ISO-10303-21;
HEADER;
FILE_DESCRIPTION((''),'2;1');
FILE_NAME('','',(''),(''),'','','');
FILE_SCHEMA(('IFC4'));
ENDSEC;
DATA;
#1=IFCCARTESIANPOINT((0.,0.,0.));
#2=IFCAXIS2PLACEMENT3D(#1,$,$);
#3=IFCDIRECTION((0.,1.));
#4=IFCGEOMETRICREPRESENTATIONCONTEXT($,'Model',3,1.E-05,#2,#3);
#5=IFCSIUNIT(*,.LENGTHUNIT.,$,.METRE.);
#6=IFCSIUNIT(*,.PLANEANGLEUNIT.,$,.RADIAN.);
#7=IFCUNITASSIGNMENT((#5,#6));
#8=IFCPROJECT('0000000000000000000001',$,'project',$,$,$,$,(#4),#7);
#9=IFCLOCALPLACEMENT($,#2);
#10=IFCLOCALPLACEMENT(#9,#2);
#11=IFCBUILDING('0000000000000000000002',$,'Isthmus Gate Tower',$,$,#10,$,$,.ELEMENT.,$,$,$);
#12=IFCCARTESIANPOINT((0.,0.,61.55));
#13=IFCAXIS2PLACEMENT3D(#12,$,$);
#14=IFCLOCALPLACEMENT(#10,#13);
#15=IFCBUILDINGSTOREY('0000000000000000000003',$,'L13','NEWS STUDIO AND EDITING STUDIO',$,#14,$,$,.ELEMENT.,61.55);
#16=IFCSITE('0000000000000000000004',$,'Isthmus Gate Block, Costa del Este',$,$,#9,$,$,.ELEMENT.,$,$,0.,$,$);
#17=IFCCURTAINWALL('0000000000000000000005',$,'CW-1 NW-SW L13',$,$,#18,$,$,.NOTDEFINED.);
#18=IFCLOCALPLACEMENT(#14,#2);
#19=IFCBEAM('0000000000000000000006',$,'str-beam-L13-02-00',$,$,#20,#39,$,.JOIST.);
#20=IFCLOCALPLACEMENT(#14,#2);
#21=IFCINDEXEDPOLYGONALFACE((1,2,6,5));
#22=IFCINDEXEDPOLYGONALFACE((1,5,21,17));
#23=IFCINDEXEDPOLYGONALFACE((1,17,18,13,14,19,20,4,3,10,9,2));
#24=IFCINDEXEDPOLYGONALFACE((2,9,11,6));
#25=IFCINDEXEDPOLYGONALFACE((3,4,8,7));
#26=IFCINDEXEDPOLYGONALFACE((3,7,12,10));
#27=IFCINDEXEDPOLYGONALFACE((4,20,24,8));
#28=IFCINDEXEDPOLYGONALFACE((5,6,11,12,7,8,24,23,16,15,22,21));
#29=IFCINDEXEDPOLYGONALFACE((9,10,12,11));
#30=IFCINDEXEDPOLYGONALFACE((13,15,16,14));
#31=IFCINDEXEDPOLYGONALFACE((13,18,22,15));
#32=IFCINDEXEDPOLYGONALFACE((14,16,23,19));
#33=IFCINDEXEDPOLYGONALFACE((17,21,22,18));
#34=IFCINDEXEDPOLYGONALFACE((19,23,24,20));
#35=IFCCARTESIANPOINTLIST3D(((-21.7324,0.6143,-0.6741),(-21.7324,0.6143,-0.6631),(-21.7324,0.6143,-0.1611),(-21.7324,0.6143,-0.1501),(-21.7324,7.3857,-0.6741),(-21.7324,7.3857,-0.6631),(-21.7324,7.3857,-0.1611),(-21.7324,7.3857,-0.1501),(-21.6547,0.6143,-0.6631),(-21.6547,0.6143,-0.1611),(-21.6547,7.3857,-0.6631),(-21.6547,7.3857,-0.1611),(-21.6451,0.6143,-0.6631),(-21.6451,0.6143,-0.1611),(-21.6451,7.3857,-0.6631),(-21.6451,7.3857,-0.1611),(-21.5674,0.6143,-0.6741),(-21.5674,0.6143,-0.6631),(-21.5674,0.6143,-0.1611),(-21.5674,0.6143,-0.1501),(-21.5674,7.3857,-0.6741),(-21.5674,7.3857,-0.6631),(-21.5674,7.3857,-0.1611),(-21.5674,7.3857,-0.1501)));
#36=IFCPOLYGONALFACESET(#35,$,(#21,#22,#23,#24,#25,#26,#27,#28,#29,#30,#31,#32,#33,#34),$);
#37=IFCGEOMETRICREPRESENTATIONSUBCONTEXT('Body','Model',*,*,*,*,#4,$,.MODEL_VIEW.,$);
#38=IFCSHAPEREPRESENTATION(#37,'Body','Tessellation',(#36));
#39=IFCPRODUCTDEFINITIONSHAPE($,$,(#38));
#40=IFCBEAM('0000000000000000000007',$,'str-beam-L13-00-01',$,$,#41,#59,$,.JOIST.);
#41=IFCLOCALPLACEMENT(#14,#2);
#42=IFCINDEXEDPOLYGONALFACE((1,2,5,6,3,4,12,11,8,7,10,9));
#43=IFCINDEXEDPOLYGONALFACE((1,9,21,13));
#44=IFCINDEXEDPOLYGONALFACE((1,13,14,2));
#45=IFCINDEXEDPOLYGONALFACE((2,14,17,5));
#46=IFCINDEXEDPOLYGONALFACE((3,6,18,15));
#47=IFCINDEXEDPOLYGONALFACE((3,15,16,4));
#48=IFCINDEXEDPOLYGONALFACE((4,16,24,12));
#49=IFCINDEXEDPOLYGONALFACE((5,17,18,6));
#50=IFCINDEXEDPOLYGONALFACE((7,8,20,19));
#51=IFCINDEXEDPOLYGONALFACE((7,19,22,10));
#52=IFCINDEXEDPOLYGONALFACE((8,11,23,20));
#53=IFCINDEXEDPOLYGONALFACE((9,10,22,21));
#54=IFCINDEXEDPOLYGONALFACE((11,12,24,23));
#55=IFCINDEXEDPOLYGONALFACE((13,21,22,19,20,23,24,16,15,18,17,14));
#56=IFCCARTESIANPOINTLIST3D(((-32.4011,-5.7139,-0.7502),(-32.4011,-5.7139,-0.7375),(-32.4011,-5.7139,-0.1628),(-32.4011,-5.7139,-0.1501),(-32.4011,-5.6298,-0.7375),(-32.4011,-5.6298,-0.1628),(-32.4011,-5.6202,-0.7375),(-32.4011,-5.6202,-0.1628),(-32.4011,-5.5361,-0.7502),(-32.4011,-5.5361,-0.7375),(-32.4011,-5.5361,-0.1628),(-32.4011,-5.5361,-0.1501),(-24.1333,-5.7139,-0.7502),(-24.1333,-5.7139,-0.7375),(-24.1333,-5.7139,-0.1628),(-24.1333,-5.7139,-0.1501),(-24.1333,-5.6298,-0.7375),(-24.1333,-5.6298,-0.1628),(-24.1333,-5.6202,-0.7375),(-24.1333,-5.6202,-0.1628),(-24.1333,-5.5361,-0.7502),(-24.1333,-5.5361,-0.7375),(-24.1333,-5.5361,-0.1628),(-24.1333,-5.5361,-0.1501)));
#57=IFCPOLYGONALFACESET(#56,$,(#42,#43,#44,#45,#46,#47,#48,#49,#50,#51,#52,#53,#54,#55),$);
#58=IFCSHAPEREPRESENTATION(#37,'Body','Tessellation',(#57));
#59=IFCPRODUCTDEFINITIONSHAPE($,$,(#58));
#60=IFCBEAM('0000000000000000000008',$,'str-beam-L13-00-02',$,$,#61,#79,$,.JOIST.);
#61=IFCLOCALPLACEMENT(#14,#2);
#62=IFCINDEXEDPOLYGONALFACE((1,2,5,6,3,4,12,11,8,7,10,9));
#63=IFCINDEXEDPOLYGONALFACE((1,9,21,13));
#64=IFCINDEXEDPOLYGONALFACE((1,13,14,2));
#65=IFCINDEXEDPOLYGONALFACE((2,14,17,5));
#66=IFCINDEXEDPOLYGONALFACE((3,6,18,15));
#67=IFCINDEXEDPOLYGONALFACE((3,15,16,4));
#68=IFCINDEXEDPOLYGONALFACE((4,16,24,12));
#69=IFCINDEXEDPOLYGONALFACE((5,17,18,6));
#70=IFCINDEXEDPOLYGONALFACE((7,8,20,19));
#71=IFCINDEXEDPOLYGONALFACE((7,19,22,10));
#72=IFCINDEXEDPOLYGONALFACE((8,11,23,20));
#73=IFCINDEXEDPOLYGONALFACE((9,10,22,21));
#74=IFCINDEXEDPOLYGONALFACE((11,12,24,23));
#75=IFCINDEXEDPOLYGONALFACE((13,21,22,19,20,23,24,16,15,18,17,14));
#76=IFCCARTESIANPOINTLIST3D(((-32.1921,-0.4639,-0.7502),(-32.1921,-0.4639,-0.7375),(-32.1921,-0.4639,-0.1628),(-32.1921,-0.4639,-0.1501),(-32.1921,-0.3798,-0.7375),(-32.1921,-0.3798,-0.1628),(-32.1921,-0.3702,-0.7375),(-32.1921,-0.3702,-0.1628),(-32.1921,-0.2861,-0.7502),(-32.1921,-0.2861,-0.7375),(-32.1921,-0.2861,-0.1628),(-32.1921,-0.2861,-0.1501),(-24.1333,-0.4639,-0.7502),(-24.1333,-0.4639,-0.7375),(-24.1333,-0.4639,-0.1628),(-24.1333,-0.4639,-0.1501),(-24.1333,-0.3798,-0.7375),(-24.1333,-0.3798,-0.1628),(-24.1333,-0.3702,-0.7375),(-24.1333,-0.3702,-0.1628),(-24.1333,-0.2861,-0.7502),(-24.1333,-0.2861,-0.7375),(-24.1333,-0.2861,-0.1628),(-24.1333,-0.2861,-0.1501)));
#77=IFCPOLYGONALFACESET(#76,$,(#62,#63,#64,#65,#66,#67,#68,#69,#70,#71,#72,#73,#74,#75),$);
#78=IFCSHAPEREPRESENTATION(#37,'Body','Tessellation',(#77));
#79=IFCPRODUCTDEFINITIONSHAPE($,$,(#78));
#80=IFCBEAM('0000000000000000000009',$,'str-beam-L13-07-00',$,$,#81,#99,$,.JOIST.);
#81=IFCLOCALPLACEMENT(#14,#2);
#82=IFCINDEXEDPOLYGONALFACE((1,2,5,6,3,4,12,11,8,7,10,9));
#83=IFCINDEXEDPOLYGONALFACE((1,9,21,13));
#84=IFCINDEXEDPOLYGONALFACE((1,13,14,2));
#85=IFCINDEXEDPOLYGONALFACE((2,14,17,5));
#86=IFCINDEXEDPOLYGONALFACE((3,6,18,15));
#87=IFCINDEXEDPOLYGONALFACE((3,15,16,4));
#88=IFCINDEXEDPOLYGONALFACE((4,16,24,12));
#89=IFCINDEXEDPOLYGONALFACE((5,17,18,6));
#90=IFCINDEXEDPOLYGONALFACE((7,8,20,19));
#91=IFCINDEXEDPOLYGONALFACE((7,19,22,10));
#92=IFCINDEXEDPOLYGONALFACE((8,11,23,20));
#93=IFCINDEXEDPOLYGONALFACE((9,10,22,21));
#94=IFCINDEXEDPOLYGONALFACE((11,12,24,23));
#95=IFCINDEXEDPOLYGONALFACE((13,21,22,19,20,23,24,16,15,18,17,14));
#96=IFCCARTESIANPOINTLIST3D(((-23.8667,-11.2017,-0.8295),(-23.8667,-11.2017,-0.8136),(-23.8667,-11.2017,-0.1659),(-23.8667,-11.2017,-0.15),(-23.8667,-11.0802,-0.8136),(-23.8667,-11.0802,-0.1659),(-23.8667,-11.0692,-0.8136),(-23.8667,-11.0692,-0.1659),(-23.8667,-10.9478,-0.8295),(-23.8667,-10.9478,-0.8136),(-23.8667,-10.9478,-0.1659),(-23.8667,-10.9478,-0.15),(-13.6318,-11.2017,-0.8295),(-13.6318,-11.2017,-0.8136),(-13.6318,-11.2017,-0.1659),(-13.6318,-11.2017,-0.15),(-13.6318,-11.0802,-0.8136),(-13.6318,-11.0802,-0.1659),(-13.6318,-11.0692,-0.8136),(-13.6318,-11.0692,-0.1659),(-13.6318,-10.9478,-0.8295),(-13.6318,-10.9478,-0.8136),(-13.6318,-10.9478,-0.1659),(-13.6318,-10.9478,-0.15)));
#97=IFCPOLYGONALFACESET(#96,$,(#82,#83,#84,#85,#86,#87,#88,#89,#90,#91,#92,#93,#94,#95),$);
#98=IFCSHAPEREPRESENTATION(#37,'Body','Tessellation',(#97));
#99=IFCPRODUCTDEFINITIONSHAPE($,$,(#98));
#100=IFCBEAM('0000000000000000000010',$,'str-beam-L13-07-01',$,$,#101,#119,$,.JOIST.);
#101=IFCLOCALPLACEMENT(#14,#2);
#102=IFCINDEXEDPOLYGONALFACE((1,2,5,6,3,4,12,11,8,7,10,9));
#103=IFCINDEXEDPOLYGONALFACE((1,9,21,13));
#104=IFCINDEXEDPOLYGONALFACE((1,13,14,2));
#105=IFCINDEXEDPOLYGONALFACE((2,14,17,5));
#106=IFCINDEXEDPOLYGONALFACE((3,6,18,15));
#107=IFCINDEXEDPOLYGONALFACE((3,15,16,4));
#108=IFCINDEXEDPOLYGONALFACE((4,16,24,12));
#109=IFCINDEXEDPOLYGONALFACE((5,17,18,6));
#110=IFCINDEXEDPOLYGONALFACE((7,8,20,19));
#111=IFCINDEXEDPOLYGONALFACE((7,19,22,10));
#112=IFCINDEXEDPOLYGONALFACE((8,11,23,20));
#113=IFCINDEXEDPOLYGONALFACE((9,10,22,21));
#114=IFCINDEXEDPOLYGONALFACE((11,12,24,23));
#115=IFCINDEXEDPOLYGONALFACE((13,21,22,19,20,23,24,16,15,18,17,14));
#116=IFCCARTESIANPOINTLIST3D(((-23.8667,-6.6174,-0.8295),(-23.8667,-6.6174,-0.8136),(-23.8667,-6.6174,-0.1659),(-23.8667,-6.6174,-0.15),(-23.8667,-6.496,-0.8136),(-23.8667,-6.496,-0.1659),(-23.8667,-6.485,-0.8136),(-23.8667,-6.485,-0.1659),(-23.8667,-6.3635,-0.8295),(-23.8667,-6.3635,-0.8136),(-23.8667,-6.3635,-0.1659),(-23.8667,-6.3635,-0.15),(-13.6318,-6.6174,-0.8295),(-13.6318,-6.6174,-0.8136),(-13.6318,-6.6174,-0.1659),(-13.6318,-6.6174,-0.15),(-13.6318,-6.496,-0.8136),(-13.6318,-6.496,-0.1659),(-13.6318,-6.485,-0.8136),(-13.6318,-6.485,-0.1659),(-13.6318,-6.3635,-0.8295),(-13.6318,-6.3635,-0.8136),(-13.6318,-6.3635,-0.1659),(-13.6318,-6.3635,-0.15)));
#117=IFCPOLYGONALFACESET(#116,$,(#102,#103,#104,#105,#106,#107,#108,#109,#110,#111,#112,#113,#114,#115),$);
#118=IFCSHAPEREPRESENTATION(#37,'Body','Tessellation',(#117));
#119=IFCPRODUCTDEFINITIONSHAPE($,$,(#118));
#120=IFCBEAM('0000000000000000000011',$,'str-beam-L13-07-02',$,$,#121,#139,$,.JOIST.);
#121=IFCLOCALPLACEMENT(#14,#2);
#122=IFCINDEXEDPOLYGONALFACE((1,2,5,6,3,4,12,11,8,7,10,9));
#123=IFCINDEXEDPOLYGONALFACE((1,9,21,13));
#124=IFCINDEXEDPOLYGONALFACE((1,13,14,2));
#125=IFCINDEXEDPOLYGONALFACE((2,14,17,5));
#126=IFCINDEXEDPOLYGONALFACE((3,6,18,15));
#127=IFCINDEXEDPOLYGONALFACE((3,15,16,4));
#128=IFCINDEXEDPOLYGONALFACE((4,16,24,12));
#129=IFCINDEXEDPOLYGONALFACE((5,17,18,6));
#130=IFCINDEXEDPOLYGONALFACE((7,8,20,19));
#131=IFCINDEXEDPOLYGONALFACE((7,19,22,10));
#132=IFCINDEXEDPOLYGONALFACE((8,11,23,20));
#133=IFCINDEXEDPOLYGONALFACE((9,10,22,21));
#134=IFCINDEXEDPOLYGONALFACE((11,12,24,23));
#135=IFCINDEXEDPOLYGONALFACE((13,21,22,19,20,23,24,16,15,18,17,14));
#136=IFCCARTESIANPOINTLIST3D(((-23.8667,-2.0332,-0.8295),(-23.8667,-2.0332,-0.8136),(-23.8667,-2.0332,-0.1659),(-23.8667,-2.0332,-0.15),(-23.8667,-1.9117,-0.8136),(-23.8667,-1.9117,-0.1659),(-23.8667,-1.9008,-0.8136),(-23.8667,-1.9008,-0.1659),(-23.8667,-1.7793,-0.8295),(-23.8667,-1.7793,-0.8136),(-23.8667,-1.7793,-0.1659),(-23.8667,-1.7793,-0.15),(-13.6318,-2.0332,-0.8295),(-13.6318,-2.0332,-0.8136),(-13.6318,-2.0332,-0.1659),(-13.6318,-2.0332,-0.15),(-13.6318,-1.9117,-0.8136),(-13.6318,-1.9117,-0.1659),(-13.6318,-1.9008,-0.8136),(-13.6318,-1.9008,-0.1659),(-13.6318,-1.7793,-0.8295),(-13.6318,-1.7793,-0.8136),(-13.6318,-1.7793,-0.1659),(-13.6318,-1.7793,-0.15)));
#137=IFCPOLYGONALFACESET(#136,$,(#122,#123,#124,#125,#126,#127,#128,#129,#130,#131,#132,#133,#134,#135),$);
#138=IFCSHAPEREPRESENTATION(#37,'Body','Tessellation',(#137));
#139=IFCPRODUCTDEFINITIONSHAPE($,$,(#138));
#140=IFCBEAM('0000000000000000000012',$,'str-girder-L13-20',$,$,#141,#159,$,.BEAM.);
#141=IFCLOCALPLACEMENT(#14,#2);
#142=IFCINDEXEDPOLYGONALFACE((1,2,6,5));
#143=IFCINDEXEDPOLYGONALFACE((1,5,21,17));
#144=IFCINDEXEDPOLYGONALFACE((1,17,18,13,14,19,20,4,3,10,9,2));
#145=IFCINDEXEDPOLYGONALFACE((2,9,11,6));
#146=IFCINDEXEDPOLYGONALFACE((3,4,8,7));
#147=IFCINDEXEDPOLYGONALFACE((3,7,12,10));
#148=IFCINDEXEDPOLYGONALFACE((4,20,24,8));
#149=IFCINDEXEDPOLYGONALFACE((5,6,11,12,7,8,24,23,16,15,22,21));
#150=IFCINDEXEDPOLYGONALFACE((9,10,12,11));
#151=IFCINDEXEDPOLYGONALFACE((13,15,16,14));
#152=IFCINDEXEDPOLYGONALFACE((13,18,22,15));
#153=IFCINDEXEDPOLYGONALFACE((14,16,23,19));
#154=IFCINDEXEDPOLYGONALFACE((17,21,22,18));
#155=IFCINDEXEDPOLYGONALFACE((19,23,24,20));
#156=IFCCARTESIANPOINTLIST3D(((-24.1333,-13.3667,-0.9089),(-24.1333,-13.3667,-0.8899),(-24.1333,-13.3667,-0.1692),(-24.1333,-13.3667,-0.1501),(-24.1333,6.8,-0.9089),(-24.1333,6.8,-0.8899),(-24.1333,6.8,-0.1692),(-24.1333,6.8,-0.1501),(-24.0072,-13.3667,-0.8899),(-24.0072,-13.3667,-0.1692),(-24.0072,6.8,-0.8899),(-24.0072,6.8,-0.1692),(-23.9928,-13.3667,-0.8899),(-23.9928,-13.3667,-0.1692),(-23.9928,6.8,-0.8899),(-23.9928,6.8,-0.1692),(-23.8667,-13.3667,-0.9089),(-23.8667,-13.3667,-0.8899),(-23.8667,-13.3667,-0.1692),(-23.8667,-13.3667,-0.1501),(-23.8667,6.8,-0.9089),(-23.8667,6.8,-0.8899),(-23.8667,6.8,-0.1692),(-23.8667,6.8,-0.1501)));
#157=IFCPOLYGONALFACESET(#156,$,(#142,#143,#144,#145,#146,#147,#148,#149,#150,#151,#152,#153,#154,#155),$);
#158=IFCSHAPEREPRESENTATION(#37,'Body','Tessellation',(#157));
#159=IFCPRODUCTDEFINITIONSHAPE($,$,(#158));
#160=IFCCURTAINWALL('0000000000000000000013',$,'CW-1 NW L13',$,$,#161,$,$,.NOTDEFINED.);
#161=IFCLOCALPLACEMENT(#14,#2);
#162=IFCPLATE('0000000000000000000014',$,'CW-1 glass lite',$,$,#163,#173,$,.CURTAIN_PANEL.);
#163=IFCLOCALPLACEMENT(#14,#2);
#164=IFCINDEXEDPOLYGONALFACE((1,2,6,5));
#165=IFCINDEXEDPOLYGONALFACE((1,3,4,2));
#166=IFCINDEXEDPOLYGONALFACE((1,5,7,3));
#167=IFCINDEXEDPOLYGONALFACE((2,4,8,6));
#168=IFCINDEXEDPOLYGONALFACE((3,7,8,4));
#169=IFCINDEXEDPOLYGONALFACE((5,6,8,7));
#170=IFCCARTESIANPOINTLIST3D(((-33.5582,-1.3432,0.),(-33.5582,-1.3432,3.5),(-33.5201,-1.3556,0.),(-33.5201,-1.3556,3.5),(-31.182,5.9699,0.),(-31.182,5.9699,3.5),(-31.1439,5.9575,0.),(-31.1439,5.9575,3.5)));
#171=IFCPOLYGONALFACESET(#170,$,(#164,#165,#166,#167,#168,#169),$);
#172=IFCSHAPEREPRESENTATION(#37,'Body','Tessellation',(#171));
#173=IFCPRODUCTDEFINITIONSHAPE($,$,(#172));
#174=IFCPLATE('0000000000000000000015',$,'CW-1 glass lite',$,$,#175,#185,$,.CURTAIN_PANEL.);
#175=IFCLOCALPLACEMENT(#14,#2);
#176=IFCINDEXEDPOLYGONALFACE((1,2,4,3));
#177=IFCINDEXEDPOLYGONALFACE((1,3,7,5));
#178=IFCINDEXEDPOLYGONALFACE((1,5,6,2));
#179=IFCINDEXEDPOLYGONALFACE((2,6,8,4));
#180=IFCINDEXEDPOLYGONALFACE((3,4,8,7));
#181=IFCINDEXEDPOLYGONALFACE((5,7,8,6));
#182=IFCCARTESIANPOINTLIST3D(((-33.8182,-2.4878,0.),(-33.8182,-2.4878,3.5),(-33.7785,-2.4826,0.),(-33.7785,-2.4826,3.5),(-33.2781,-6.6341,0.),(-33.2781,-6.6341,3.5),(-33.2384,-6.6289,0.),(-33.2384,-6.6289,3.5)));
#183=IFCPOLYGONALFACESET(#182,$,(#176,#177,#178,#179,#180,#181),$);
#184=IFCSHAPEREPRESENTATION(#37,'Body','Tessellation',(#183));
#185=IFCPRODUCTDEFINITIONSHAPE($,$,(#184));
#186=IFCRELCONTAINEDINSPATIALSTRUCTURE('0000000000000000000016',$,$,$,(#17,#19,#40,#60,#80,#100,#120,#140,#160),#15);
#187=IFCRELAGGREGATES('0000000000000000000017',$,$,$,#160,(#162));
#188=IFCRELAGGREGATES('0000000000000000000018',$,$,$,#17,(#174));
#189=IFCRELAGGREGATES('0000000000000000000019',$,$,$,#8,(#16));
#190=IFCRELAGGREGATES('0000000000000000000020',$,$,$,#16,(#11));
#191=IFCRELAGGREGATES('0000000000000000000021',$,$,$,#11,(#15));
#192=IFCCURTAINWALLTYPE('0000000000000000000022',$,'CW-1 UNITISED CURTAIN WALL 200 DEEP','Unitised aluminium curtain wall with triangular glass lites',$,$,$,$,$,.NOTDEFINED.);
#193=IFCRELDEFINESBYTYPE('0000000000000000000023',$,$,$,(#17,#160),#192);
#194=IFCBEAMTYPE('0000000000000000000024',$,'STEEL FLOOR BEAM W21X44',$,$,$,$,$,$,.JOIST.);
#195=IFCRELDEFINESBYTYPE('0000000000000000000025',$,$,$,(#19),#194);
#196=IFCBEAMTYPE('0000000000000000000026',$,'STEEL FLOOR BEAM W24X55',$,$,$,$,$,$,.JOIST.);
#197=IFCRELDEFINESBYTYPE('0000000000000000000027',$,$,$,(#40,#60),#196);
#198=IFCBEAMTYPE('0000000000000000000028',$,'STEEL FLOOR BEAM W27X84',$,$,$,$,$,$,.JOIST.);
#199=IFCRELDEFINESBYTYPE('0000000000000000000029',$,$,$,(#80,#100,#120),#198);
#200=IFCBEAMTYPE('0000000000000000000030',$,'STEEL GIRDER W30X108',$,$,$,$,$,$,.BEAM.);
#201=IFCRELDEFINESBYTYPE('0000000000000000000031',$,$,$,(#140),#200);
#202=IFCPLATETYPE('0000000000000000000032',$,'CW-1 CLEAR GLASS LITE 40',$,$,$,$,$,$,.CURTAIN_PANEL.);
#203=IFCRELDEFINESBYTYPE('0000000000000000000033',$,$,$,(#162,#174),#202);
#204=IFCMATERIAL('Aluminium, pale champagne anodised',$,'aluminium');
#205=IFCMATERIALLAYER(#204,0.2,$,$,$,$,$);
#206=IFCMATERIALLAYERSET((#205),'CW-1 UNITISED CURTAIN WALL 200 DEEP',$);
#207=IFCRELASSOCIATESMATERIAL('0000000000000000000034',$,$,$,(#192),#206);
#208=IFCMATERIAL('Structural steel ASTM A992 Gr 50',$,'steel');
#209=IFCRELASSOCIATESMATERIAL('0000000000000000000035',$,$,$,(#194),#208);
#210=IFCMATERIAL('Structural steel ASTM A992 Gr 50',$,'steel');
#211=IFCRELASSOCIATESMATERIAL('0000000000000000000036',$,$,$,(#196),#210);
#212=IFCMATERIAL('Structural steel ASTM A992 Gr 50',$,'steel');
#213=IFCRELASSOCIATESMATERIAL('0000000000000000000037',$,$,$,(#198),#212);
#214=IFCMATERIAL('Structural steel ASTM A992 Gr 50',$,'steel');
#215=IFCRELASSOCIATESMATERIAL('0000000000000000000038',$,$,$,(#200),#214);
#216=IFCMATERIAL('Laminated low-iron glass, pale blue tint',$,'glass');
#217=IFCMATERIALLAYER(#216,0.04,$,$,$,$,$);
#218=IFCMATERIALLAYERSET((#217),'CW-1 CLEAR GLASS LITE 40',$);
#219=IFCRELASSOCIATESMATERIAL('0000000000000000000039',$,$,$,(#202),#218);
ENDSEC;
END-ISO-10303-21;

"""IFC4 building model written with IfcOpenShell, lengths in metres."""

from ifc_helpers import new_model, si_unit, direction, frame, origin, origin_2d, place, context, subcontext, project, spatial, rectangle, i_section, extrude, material, layer, layer_set, material_profile, profile_set, type_object, element, aggregate, save


model = new_model("IFC4")

# Units and contexts
model_context = context("Model", 3, precision=1e-05, world=origin(), true_north=direction((0.0, 1.0)))
body_context = subcontext(model_context, "Body", "Model", "MODEL_VIEW")
ifc_project = project(units=[si_unit("LENGTHUNIT", "METRE"), si_unit("PLANEANGLEUNIT", "RADIAN")], contexts=[model_context])

# Site, building, storey
site_placement = place(None, origin())
site = spatial("IfcSite", under=ifc_project, at=site_placement, Name="Isthmus Gate Block, Costa del Este", CompositionType="ELEMENT", RefElevation=0.0)
building_placement = place(site_placement, origin())
building = spatial("IfcBuilding", under=site, at=building_placement, Name="Isthmus Gate Tower", CompositionType="ELEMENT")
storey_placement = place(building_placement, frame((0.0, 0.0, 61.55)))
storey = spatial("IfcBuildingStorey", under=building, at=storey_placement, Name="L13", Description="NEWS STUDIO AND EDITING STUDIO", CompositionType="ELEMENT", Elevation=61.55)

# Curtain wall
ifc_material_1 = material(Name="Aluminium, pale champagne anodised", Category="aluminium")
ifc_layer_1 = layer(ifc_material_1, 0.2)
ifc_layer_set_1 = layer_set([ifc_layer_1], Name="CW-1 UNITISED CURTAIN WALL 200 DEEP")
curtain_wall_type = type_object("IfcCurtainWallType", Name="CW-1 UNITISED CURTAIN WALL 200 DEEP", Description="Unitised aluminium curtain wall with triangular glass lites", PredefinedType="NOTDEFINED", material=ifc_layer_set_1)
curtain_wall_1_placement = place(storey_placement, origin())
curtain_wall_1 = element("IfcCurtainWall", 1, at=curtain_wall_1_placement, inside=storey, type_object=curtain_wall_type, Name="CW-1 NW-SW L13", PredefinedType="NOTDEFINED")

# Beams
ifc_material_2 = material(Name="Structural steel ASTM A992 Gr 50", Category="steel")
ifc_material_profile_1 = material_profile(ifc_material_2, i_section(OverallWidth=0.165, OverallDepth=0.5239, WebThickness=0.0095, FlangeThickness=0.011, at=origin_2d()), Name="W21X44")
ifc_profile_set_1 = profile_set([ifc_material_profile_1], Name="Structural steel ASTM A992 Gr 50")
beam_type_1 = type_object("IfcBeamType", Name="STEEL FLOOR BEAM W21X44", PredefinedType="JOIST", material=ifc_profile_set_1)
beam_1_placement = place(storey_placement, frame((-21.6499, 0.6143, -0.4121), z_axis=(0.0, 1.0, 0.0), x_axis=(-1.0, 0.0, 0.0)))
element("IfcBeam", 2, at=beam_1_placement, inside=storey, type_object=beam_type_1, Name="str-beam-L13-02-00", PredefinedType="JOIST", context=body_context, shape_type="SweptSolid", body=[
    extrude(i_section(OverallWidth=0.165, OverallDepth=0.5239, WebThickness=0.0095, FlangeThickness=0.011, at=origin_2d()), origin(), (0.0, 0.0, 1.0), 6.7715),
])
ifc_material_3 = material(Name="Structural steel ASTM A992 Gr 50", Category="steel")
ifc_material_profile_2 = material_profile(ifc_material_3, i_section(OverallWidth=0.1777, OverallDepth=0.6001, WebThickness=0.0095, FlangeThickness=0.0127, at=origin_2d()), Name="W24X55")
ifc_profile_set_2 = profile_set([ifc_material_profile_2], Name="Structural steel ASTM A992 Gr 50")
beam_type_2 = type_object("IfcBeamType", Name="STEEL FLOOR BEAM W24X55", PredefinedType="JOIST", material=ifc_profile_set_2)
beam_2_placement = place(storey_placement, frame((-32.4011, -5.625, -0.4502), z_axis=(1.0, 0.0, 0.0), x_axis=(0.0, 1.0, 0.0)))
element("IfcBeam", 3, at=beam_2_placement, inside=storey, type_object=beam_type_2, Name="str-beam-L13-00-01", PredefinedType="JOIST", context=body_context, shape_type="SweptSolid", body=[
    extrude(i_section(OverallWidth=0.1777, OverallDepth=0.6001, WebThickness=0.0095, FlangeThickness=0.0127, at=origin_2d()), origin(), (0.0, 0.0, 1.0), 8.2678),
])
beam_3_placement = place(storey_placement, frame((-32.1921, -0.375, -0.4502), z_axis=(1.0, 0.0, 0.0), x_axis=(0.0, 1.0, 0.0)))
element("IfcBeam", 4, at=beam_3_placement, inside=storey, type_object=beam_type_2, Name="str-beam-L13-00-02", PredefinedType="JOIST", context=body_context, shape_type="SweptSolid", body=[
    extrude(i_section(OverallWidth=0.1777, OverallDepth=0.6001, WebThickness=0.0095, FlangeThickness=0.0127, at=origin_2d()), origin(), (0.0, 0.0, 1.0), 8.0588),
])
ifc_material_4 = material(Name="Structural steel ASTM A992 Gr 50", Category="steel")
ifc_material_profile_3 = material_profile(ifc_material_4, i_section(OverallWidth=0.2539, OverallDepth=0.6794, WebThickness=0.011, FlangeThickness=0.0159, at=origin_2d()), Name="W27X84")
ifc_profile_set_3 = profile_set([ifc_material_profile_3], Name="Structural steel ASTM A992 Gr 50")
beam_type_3 = type_object("IfcBeamType", Name="STEEL FLOOR BEAM W27X84", PredefinedType="JOIST", material=ifc_profile_set_3)
for number, where, z_axis, x_axis, name in (
    (5, (-23.8667, -11.0747, -0.4897), (1.0, 0.0, 0.0), (0.0, 1.0, 0.0), "str-beam-L13-07-00"),
    (6, (-23.8667, -6.4905, -0.4897), (1.0, 0.0, 0.0), (0.0, 1.0, 0.0), "str-beam-L13-07-01"),
    (7, (-23.8667, -1.9062, -0.4897), (1.0, 0.0, 0.0), (0.0, 1.0, 0.0), "str-beam-L13-07-02"),
):
    element("IfcBeam", number, at=place(storey_placement, frame(where, z_axis=z_axis, x_axis=x_axis)), inside=storey, type_object=beam_type_3, Name=name, PredefinedType="JOIST", context=body_context, shape_type="SweptSolid", body=[
        extrude(i_section(OverallWidth=0.2539, OverallDepth=0.6794, WebThickness=0.011, FlangeThickness=0.0159, at=origin_2d()), origin(), (0.0, 0.0, 1.0), 10.2349),
    ])
ifc_material_5 = material(Name="Structural steel ASTM A992 Gr 50", Category="steel")
ifc_material_profile_4 = material_profile(ifc_material_5, i_section(OverallWidth=0.2666, OverallDepth=0.7588, WebThickness=0.0144, FlangeThickness=0.019, at=origin_2d()), Name="W30X108")
ifc_profile_set_4 = profile_set([ifc_material_profile_4], Name="Structural steel ASTM A992 Gr 50")
beam_type_4 = type_object("IfcBeamType", Name="STEEL GIRDER W30X108", PredefinedType="BEAM", material=ifc_profile_set_4)
beam_4_placement = place(storey_placement, frame((-24.0, -13.3667, -0.5295), z_axis=(0.0, 1.0, 0.0), x_axis=(-1.0, 0.0, 0.0)))
element("IfcBeam", 8, at=beam_4_placement, inside=storey, type_object=beam_type_4, Name="str-girder-L13-20", PredefinedType="BEAM", context=body_context, shape_type="SweptSolid", body=[
    extrude(i_section(OverallWidth=0.2666, OverallDepth=0.7588, WebThickness=0.0144, FlangeThickness=0.019, at=origin_2d()), origin(), (0.0, 0.0, 1.0), 20.1667),
])

# Curtain wall, plate
curtain_wall_2_placement = place(storey_placement, origin())
curtain_wall_2 = element("IfcCurtainWall", 9, at=curtain_wall_2_placement, inside=storey, type_object=curtain_wall_type, Name="CW-1 NW L13", PredefinedType="NOTDEFINED")
ifc_material_6 = material(Name="Laminated low-iron glass, pale blue tint", Category="glass")
ifc_layer_2 = layer(ifc_material_6, 0.04)
ifc_layer_set_2 = layer_set([ifc_layer_2], Name="CW-1 CLEAR GLASS LITE 40")
plate_type = type_object("IfcPlateType", Name="CW-1 CLEAR GLASS LITE 40", PredefinedType="CURTAIN_PANEL", material=ifc_layer_set_2)
plate_1_placement = place(storey_placement, frame((-32.3511, 2.3071, 0.0), z_axis=(0.0, 0.0, 1.0), x_axis=(-0.309017, -0.951057, 0.0)))
plate_1 = element("IfcPlate", 10, at=plate_1_placement, type_object=plate_type, Name="CW-1 glass lite", PredefinedType="CURTAIN_PANEL", context=body_context, shape_type="SweptSolid", body=[
    extrude(rectangle(XDim=7.6895, YDim=0.04, at=origin_2d()), origin(), (0.0, 0.0, 1.0), 3.5),
])
aggregate(curtain_wall_2, [plate_1])

# Plate
plate_2_placement = place(storey_placement, frame((-33.5283, -4.5583, 0.0), z_axis=(0.0, 0.0, 1.0), x_axis=(0.129165, -0.991623, 0.0)))
plate_2 = element("IfcPlate", 11, at=plate_2_placement, type_object=plate_type, Name="CW-1 glass lite", PredefinedType="CURTAIN_PANEL", context=body_context, shape_type="SweptSolid", body=[
    extrude(rectangle(XDim=4.1814, YDim=0.04, at=origin_2d()), origin(), (0.0, 0.0, 1.0), 3.5),
])
aggregate(curtain_wall_1, [plate_2])

save(model, "model.ifc")
